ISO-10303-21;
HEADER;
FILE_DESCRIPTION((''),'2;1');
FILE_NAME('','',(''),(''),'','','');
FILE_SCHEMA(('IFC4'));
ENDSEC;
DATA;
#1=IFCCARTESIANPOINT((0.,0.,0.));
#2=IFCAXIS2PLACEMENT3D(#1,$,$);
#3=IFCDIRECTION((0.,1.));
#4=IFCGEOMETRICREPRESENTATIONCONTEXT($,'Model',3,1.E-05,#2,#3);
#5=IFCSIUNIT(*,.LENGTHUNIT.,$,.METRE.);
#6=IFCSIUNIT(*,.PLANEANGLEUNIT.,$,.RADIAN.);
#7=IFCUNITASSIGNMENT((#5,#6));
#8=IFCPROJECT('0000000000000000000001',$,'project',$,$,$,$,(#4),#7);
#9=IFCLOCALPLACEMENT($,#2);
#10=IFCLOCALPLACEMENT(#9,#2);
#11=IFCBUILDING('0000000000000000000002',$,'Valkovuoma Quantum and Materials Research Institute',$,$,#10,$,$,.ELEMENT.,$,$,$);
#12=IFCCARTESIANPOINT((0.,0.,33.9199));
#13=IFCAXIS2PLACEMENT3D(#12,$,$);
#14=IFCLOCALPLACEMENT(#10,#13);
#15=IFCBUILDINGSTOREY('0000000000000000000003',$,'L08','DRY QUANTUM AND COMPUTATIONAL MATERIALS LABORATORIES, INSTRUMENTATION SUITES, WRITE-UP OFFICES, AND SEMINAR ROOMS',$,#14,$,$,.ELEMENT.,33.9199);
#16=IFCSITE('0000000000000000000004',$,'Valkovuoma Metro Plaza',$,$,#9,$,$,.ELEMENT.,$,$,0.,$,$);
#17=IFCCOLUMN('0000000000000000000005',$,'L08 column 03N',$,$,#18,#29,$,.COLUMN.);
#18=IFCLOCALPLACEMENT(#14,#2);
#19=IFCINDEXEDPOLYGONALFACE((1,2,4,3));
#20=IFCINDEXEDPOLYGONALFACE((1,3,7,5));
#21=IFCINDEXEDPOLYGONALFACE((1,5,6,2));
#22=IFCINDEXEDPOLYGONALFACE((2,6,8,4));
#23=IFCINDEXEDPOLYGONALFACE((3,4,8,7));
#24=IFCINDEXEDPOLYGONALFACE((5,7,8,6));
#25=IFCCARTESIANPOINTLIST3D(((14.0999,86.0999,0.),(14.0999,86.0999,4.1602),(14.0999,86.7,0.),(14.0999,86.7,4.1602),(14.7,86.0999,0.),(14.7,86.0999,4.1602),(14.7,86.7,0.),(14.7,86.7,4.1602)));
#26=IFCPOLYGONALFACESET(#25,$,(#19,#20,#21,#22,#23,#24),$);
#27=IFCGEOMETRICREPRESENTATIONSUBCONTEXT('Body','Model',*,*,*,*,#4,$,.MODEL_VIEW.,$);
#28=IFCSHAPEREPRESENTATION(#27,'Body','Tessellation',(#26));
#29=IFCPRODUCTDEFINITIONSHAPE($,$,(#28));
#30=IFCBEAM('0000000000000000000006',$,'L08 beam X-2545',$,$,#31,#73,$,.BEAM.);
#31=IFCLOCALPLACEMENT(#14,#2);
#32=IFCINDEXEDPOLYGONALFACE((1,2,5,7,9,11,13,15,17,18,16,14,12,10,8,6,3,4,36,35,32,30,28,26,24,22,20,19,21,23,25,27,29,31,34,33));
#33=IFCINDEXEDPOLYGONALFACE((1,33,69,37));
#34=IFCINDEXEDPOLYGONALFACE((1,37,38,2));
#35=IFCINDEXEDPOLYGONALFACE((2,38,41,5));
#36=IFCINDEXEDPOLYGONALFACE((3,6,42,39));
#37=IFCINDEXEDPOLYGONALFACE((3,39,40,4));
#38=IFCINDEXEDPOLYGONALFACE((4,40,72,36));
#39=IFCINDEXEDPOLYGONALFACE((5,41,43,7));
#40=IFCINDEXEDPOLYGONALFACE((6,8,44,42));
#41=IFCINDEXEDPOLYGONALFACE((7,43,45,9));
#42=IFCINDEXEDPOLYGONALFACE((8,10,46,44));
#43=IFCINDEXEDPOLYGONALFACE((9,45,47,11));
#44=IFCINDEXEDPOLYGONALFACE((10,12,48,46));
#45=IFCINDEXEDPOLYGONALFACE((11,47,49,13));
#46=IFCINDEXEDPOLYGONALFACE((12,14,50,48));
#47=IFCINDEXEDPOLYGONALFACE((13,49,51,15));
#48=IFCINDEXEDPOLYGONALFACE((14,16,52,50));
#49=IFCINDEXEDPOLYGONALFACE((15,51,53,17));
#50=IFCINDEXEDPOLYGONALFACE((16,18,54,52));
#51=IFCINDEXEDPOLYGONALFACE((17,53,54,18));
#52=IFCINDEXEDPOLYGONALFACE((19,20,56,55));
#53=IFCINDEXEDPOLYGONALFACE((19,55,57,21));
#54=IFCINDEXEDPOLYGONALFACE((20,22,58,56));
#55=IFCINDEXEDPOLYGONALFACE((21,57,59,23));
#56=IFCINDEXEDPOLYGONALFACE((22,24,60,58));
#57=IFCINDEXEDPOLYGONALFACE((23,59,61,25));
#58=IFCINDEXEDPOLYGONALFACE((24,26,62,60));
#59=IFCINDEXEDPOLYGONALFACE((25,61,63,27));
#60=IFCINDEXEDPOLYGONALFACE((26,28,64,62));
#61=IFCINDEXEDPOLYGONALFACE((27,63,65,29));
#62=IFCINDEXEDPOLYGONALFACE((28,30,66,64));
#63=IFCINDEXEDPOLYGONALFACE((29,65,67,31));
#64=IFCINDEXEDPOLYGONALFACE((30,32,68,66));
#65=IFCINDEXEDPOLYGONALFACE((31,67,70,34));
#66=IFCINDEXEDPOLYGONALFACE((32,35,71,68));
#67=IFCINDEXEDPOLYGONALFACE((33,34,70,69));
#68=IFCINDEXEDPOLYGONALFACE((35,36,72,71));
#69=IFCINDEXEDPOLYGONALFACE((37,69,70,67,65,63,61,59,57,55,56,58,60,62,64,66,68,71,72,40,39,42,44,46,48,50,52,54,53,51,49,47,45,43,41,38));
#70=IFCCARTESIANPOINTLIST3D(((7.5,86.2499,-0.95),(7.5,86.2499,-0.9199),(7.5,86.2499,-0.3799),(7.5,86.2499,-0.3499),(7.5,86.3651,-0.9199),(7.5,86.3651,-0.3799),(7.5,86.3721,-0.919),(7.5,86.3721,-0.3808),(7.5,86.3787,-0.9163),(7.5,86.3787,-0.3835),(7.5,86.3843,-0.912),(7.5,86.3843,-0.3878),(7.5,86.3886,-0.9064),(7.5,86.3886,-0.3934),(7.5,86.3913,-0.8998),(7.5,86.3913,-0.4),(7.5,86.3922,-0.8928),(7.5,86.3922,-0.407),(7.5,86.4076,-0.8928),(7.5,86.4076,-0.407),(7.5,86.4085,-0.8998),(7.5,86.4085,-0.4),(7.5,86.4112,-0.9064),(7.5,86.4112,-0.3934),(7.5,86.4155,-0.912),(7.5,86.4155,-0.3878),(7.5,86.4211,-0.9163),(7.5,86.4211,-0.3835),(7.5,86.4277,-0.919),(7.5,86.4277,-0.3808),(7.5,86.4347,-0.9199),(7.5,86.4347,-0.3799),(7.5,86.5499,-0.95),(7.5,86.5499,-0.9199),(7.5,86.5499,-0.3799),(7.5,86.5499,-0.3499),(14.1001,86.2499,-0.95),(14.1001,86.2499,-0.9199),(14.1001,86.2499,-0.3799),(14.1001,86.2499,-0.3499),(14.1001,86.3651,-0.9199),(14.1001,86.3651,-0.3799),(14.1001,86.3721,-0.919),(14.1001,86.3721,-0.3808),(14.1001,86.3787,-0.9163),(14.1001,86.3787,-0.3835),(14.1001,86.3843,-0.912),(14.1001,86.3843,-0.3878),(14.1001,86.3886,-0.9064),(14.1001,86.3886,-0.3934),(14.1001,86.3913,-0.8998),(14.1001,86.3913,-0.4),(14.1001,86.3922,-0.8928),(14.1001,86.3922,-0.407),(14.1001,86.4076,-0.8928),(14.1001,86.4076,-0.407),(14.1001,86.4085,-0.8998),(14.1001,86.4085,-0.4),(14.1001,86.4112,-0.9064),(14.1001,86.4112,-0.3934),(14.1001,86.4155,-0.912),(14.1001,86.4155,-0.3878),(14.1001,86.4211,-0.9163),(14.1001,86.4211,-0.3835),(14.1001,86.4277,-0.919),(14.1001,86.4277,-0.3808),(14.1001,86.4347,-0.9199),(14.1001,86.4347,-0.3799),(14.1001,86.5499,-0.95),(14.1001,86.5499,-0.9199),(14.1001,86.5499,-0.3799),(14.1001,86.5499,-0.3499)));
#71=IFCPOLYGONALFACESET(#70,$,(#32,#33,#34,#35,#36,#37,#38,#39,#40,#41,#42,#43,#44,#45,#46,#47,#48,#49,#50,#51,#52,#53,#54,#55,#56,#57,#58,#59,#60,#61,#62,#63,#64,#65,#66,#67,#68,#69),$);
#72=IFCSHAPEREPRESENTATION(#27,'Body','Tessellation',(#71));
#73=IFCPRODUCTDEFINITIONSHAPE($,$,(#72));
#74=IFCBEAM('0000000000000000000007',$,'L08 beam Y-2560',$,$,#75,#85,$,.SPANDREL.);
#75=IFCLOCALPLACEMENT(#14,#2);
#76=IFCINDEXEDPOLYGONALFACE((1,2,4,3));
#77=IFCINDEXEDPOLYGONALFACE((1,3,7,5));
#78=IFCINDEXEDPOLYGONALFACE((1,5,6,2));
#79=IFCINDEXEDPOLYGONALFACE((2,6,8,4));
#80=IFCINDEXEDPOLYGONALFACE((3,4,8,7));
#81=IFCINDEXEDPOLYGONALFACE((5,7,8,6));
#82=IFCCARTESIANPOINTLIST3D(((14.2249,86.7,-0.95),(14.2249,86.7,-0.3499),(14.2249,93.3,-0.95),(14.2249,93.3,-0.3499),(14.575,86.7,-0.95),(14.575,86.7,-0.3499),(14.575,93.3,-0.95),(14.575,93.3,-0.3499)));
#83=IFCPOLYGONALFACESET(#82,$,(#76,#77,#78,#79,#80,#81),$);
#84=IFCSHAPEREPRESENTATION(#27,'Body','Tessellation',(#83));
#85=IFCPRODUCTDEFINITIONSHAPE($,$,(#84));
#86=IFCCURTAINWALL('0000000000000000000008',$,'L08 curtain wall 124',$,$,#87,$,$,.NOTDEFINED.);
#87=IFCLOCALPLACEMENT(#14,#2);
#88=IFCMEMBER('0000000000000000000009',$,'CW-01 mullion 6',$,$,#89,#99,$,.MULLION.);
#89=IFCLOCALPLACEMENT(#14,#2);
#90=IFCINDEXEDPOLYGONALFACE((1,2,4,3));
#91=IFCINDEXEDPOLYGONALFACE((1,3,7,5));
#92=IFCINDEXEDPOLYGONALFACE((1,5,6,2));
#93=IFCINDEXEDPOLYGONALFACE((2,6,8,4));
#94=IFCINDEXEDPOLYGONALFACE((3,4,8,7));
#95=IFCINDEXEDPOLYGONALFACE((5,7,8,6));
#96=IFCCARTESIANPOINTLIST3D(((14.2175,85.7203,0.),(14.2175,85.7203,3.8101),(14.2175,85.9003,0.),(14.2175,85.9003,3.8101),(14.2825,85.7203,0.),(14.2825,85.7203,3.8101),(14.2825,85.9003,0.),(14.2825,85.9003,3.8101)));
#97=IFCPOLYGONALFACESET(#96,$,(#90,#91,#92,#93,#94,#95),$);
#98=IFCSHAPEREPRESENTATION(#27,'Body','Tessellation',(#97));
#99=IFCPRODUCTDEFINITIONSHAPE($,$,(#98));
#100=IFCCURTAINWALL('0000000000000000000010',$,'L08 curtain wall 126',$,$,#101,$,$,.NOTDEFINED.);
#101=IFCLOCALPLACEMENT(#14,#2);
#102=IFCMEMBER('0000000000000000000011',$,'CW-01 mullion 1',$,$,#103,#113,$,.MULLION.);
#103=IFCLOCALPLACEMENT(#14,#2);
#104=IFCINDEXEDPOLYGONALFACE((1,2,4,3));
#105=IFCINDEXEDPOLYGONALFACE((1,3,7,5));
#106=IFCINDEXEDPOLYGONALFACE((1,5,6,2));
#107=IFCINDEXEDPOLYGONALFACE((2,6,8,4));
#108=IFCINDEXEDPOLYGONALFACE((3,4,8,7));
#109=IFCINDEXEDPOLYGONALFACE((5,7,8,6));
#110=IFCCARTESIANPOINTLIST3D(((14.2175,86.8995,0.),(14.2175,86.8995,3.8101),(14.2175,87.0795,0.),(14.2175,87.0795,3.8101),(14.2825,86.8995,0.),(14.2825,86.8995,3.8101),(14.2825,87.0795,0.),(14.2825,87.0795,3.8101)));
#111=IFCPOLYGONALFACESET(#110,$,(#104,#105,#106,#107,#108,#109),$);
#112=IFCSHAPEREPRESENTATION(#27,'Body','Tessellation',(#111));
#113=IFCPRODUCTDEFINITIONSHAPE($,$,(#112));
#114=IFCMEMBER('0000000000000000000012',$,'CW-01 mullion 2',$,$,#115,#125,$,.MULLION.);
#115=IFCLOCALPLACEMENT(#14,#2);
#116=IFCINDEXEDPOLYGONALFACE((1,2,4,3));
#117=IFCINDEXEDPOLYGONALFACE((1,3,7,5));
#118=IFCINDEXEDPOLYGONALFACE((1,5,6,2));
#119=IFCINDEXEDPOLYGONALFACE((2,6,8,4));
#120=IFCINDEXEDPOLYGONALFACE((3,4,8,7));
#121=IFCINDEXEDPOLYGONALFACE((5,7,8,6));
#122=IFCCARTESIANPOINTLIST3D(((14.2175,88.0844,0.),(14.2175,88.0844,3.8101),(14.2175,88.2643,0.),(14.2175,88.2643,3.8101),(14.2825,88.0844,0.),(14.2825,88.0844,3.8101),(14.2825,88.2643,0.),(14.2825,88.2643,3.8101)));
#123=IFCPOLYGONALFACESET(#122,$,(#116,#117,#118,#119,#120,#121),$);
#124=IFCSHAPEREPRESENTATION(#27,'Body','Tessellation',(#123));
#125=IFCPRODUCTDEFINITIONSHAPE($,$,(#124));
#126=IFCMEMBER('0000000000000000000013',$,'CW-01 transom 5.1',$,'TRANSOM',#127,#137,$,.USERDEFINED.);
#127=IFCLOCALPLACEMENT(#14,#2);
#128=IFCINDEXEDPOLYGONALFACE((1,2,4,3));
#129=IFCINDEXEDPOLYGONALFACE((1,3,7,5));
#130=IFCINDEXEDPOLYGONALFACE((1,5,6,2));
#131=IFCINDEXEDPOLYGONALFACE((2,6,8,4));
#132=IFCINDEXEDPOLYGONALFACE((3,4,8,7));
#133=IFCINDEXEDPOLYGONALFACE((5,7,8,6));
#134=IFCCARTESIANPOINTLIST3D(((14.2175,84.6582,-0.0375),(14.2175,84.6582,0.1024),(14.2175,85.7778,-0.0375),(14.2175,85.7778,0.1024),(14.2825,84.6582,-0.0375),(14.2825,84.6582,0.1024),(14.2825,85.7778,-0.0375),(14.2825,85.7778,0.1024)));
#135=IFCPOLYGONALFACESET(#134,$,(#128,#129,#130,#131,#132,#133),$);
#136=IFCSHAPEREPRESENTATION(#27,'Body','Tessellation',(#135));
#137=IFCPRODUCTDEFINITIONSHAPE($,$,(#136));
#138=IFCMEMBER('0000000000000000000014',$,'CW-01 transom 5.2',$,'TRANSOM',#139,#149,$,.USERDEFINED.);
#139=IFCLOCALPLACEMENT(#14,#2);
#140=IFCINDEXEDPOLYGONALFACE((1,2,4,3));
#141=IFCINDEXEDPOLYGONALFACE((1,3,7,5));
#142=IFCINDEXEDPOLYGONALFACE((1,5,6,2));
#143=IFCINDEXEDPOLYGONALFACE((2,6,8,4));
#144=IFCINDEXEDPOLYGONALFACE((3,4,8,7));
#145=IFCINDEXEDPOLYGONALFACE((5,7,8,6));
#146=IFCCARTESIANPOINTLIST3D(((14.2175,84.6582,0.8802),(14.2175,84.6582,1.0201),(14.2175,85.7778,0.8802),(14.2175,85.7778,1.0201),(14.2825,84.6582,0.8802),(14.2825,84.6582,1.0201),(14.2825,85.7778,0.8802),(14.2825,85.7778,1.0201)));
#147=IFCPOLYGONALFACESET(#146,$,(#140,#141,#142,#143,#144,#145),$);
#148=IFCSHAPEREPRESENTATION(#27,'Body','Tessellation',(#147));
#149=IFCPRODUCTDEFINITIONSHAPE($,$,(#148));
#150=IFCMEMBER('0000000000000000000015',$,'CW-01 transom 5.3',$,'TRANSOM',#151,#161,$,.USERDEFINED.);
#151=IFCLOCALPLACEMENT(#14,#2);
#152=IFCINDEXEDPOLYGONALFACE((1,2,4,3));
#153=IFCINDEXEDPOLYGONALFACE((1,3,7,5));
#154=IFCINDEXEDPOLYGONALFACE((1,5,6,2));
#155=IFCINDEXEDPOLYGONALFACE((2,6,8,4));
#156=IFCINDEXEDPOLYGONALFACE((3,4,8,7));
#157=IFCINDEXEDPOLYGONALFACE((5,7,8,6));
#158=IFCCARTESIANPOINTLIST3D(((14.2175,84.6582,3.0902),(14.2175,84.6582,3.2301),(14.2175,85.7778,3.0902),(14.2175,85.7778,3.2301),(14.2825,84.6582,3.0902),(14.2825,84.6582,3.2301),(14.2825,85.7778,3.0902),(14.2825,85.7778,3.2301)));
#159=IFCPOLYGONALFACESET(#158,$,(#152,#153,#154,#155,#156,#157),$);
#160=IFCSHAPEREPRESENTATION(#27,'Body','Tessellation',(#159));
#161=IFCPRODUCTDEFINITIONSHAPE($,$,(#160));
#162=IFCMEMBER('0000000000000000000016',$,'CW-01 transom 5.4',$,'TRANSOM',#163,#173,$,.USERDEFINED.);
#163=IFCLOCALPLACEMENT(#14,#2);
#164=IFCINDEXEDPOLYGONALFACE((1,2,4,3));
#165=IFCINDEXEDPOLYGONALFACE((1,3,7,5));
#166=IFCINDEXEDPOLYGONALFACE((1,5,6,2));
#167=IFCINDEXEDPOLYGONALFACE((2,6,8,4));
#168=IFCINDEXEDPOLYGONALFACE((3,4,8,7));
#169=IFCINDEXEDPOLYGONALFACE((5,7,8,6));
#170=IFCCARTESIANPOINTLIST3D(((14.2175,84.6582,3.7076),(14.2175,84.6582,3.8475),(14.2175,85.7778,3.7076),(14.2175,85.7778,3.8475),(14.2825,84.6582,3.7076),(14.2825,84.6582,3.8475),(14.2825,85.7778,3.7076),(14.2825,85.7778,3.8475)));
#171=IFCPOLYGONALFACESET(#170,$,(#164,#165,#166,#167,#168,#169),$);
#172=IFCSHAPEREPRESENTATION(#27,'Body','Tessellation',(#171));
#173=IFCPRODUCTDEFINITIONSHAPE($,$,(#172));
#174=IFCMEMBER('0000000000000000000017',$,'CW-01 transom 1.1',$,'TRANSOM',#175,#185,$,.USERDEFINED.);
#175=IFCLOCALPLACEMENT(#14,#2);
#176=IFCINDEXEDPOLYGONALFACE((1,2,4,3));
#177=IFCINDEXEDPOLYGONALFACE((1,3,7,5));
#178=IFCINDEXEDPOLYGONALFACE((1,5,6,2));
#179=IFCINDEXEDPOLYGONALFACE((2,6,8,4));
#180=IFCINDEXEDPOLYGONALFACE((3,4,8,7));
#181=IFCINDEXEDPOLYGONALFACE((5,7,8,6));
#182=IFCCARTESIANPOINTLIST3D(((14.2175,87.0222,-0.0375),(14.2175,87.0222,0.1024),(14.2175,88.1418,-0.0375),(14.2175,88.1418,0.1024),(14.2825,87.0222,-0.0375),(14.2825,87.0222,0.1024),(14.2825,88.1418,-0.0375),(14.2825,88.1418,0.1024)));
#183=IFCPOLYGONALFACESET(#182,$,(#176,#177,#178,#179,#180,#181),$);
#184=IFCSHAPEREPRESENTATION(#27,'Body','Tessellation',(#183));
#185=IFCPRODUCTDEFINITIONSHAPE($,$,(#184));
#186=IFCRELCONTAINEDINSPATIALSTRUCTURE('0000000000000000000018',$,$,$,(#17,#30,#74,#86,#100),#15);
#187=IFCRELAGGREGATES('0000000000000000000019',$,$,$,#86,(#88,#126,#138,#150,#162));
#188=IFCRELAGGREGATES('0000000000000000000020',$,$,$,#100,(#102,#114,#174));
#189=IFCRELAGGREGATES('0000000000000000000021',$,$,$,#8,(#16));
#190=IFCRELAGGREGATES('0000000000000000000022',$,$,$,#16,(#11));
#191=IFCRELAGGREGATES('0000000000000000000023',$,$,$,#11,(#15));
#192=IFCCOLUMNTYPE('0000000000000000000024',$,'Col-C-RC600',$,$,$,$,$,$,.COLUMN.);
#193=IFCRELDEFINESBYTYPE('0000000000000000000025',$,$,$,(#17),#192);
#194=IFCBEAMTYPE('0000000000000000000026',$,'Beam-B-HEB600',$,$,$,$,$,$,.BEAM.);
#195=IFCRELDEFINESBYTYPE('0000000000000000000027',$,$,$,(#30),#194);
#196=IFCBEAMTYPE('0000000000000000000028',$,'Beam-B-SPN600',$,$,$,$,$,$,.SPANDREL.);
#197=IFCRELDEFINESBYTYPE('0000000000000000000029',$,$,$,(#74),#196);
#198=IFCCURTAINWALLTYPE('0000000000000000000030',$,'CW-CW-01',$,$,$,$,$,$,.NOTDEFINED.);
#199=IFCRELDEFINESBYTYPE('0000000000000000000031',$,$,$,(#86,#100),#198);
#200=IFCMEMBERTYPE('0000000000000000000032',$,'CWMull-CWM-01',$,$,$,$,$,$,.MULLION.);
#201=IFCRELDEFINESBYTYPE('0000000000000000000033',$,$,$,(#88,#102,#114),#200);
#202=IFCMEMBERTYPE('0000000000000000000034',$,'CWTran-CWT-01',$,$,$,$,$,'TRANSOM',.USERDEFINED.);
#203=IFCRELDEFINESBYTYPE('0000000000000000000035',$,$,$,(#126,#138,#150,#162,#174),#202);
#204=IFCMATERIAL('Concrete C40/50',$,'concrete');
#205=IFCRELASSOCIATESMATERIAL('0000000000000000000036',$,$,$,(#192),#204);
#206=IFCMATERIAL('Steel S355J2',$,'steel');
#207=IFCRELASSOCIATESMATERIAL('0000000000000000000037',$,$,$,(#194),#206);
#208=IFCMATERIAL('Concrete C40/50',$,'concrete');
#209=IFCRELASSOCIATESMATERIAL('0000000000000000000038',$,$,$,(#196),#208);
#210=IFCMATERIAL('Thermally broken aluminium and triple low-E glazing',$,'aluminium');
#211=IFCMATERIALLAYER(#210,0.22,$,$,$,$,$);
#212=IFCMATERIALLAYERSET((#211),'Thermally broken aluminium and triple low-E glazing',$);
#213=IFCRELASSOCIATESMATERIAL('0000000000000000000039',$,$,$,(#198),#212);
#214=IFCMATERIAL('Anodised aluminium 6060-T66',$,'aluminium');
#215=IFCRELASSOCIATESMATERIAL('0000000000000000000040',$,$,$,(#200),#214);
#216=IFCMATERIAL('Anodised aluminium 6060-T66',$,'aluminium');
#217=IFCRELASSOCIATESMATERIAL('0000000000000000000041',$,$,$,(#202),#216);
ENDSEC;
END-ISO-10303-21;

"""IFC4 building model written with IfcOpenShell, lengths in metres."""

from ifc_helpers import new_model, si_unit, direction, frame, origin, origin_2d, place, context, subcontext, project, spatial, rectangle, i_section, extrude, material, layer, layer_set, material_profile, profile_set, type_object, element, aggregate, save


model = new_model("IFC4")

# Units and contexts
model_context = context("Model", 3, precision=1e-05, world=origin(), true_north=direction((0.0, 1.0)))
body_context = subcontext(model_context, "Body", "Model", "MODEL_VIEW")
ifc_project = project(units=[si_unit("LENGTHUNIT", "METRE"), si_unit("PLANEANGLEUNIT", "RADIAN")], contexts=[model_context])

# Site, building, storey
site_placement = place(None, origin())
site = spatial("IfcSite", under=ifc_project, at=site_placement, Name="Valkovuoma Metro Plaza", CompositionType="ELEMENT", RefElevation=0.0)
building_placement = place(site_placement, origin())
building = spatial("IfcBuilding", under=site, at=building_placement, Name="Valkovuoma Quantum and Materials Research Institute", CompositionType="ELEMENT")
storey_placement = place(building_placement, frame((0.0, 0.0, 33.9199)))
storey = spatial("IfcBuildingStorey", under=building, at=storey_placement, Name="L08", Description="DRY QUANTUM AND COMPUTATIONAL MATERIALS LABORATORIES, INSTRUMENTATION SUITES, WRITE-UP OFFICES, AND SEMINAR ROOMS", CompositionType="ELEMENT", Elevation=33.9199)

# Column
ifc_material_1 = material(Name="Concrete C40/50", Category="concrete")
ifc_material_profile_1 = material_profile(ifc_material_1, rectangle(XDim=0.6001, YDim=0.6001, at=origin_2d()), Name="Concrete C40/50")
ifc_profile_set_1 = profile_set([ifc_material_profile_1], Name="Concrete C40/50")
column_type = type_object("IfcColumnType", Name="Col-C-RC600", PredefinedType="COLUMN", material=ifc_profile_set_1)
column_placement = place(storey_placement, frame((14.3999, 86.3999, 0.0), z_axis=(0.0, 0.0, 1.0), x_axis=(1.0, 0.0, 0.0)))
element("IfcColumn", 1, at=column_placement, inside=storey, type_object=column_type, Name="L08 column 03N", PredefinedType="COLUMN", context=body_context, shape_type="SweptSolid", body=[
    extrude(rectangle(XDim=0.6001, YDim=0.6001, at=origin_2d()), origin(), (0.0, 0.0, 1.0), 4.1602),
])

# Beams
ifc_material_2 = material(Name="Steel S355J2", Category="steel")
ifc_material_profile_2 = material_profile(ifc_material_2, i_section(OverallWidth=0.3, OverallDepth=0.6001, WebThickness=0.0154, FlangeThickness=0.03, FilletRadius=0.0271, at=origin_2d()), Name="Steel S355J2")
ifc_profile_set_2 = profile_set([ifc_material_profile_2], Name="Steel S355J2")
beam_type_1 = type_object("IfcBeamType", Name="Beam-B-HEB600", PredefinedType="BEAM", material=ifc_profile_set_2)
beam_1_placement = place(storey_placement, frame((7.5, 86.3999, -0.6499), z_axis=(1.0, 0.0, 0.0), x_axis=(0.0, 1.0, 0.0)))
element("IfcBeam", 2, at=beam_1_placement, inside=storey, type_object=beam_type_1, Name="L08 beam X-2545", PredefinedType="BEAM", context=body_context, shape_type="SweptSolid", body=[
    extrude(i_section(OverallWidth=0.3, OverallDepth=0.6001, WebThickness=0.0154, FlangeThickness=0.03, FilletRadius=0.0271, at=origin_2d()), origin(), (0.0, 0.0, 1.0), 6.6001),
])
ifc_material_3 = material(Name="Concrete C40/50", Category="concrete")
ifc_material_profile_3 = material_profile(ifc_material_3, rectangle(XDim=0.3501, YDim=0.6001, at=origin_2d()), Name="Concrete C40/50")
ifc_profile_set_3 = profile_set([ifc_material_profile_3], Name="Concrete C40/50")
beam_type_2 = type_object("IfcBeamType", Name="Beam-B-SPN600", PredefinedType="SPANDREL", material=ifc_profile_set_3)
beam_2_placement = place(storey_placement, frame((14.3999, 86.7, -0.6499), z_axis=(0.0, 1.0, 0.0), x_axis=(-1.0, 0.0, 0.0)))
element("IfcBeam", 3, at=beam_2_placement, inside=storey, type_object=beam_type_2, Name="L08 beam Y-2560", PredefinedType="SPANDREL", context=body_context, shape_type="SweptSolid", body=[
    extrude(rectangle(XDim=0.3501, YDim=0.6001, at=origin_2d()), origin(), (0.0, 0.0, 1.0), 6.6001),
])

# Curtain wall, member
ifc_material_4 = material(Name="Thermally broken aluminium and triple low-E glazing", Category="aluminium")
ifc_layer_1 = layer(ifc_material_4, 0.22)
ifc_layer_set_1 = layer_set([ifc_layer_1], Name="Thermally broken aluminium and triple low-E glazing")
curtain_wall_type = type_object("IfcCurtainWallType", Name="CW-CW-01", PredefinedType="NOTDEFINED", material=ifc_layer_set_1)
curtain_wall_1_placement = place(storey_placement, origin())
curtain_wall_1 = element("IfcCurtainWall", 4, at=curtain_wall_1_placement, inside=storey, type_object=curtain_wall_type, Name="L08 curtain wall 124", PredefinedType="NOTDEFINED")
ifc_material_5 = material(Name="Anodised aluminium 6060-T66", Category="aluminium")
ifc_material_profile_4 = material_profile(ifc_material_5, rectangle(XDim=0.0649, YDim=0.1799, at=origin_2d()), Name="Anodised aluminium 6060-T66")
ifc_profile_set_4 = profile_set([ifc_material_profile_4], Name="Anodised aluminium 6060-T66")
member_type_1 = type_object("IfcMemberType", Name="CWMull-CWM-01", PredefinedType="MULLION", material=ifc_profile_set_4)
member_1_placement = place(storey_placement, frame((14.25, 85.8103, 0.0), z_axis=(0.0, 0.0, 1.0), x_axis=(-1.0, 0.0, 0.0)))
member_1 = element("IfcMember", 5, at=member_1_placement, type_object=member_type_1, Name="CW-01 mullion 6", PredefinedType="MULLION", context=body_context, shape_type="SweptSolid", body=[
    extrude(rectangle(XDim=0.0649, YDim=0.1799, at=origin_2d()), origin(), (0.0, 0.0, 1.0), 3.8101),
])

# Curtain wall, members
curtain_wall_2_placement = place(storey_placement, origin())
curtain_wall_2 = element("IfcCurtainWall", 6, at=curtain_wall_2_placement, inside=storey, type_object=curtain_wall_type, Name="L08 curtain wall 126", PredefinedType="NOTDEFINED")
member_2_placement = place(storey_placement, frame((14.25, 86.9895, 0.0), z_axis=(0.0, 0.0, 1.0), x_axis=(-1.0, 0.0, 0.0)))
member_2 = element("IfcMember", 7, at=member_2_placement, type_object=member_type_1, Name="CW-01 mullion 1", PredefinedType="MULLION", context=body_context, shape_type="SweptSolid", body=[
    extrude(rectangle(XDim=0.0649, YDim=0.1799, at=origin_2d()), origin(), (0.0, 0.0, 1.0), 3.8101),
])
member_3_placement = place(storey_placement, frame((14.25, 88.1743, 0.0), z_axis=(0.0, 0.0, 1.0), x_axis=(-1.0, 0.0, 0.0)))
member_3 = element("IfcMember", 8, at=member_3_placement, type_object=member_type_1, Name="CW-01 mullion 2", PredefinedType="MULLION", context=body_context, shape_type="SweptSolid", body=[
    extrude(rectangle(XDim=0.0649, YDim=0.1799, at=origin_2d()), origin(), (0.0, 0.0, 1.0), 3.8101),
])

# Members
ifc_material_6 = material(Name="Anodised aluminium 6060-T66", Category="aluminium")
ifc_material_profile_5 = material_profile(ifc_material_6, rectangle(XDim=0.0649, YDim=0.1399, at=origin_2d()), Name="Anodised aluminium 6060-T66")
ifc_profile_set_5 = profile_set([ifc_material_profile_5], Name="Anodised aluminium 6060-T66")
member_type_2 = type_object("IfcMemberType", Name="CWTran-CWT-01", ElementType="TRANSOM", PredefinedType="USERDEFINED", material=ifc_profile_set_5)
member_4_placement = place(storey_placement, frame((14.25, 84.6582, 0.0325), z_axis=(0.0, 1.0, 0.0), x_axis=(-1.0, 0.0, 0.0)))
member_4 = element("IfcMember", 9, at=member_4_placement, type_object=member_type_2, Name="CW-01 transom 5.1", ObjectType="TRANSOM", PredefinedType="USERDEFINED", context=body_context, shape_type="SweptSolid", body=[
    extrude(rectangle(XDim=0.0649, YDim=0.1399, at=origin_2d()), origin(), (0.0, 0.0, 1.0), 1.1196),
])
member_5_placement = place(storey_placement, frame((14.25, 84.6582, 0.9502), z_axis=(0.0, 1.0, 0.0), x_axis=(-1.0, 0.0, 0.0)))
member_5 = element("IfcMember", 10, at=member_5_placement, type_object=member_type_2, Name="CW-01 transom 5.2", ObjectType="TRANSOM", PredefinedType="USERDEFINED", context=body_context, shape_type="SweptSolid", body=[
    extrude(rectangle(XDim=0.0649, YDim=0.1399, at=origin_2d()), origin(), (0.0, 0.0, 1.0), 1.1196),
])
member_6_placement = place(storey_placement, frame((14.25, 84.6582, 3.1602), z_axis=(0.0, 1.0, 0.0), x_axis=(-1.0, 0.0, 0.0)))
member_6 = element("IfcMember", 11, at=member_6_placement, type_object=member_type_2, Name="CW-01 transom 5.3", ObjectType="TRANSOM", PredefinedType="USERDEFINED", context=body_context, shape_type="SweptSolid", body=[
    extrude(rectangle(XDim=0.0649, YDim=0.1399, at=origin_2d()), origin(), (0.0, 0.0, 1.0), 1.1196),
])
member_7_placement = place(storey_placement, frame((14.25, 84.6582, 3.7776), z_axis=(0.0, 1.0, 0.0), x_axis=(-1.0, 0.0, 0.0)))
member_7 = element("IfcMember", 12, at=member_7_placement, type_object=member_type_2, Name="CW-01 transom 5.4", ObjectType="TRANSOM", PredefinedType="USERDEFINED", context=body_context, shape_type="SweptSolid", body=[
    extrude(rectangle(XDim=0.0649, YDim=0.1399, at=origin_2d()), origin(), (0.0, 0.0, 1.0), 1.1196),
])
member_8_placement = place(storey_placement, frame((14.25, 87.0222, 0.0325), z_axis=(0.0, 1.0, 0.0), x_axis=(-1.0, 0.0, 0.0)))
member_8 = element("IfcMember", 13, at=member_8_placement, type_object=member_type_2, Name="CW-01 transom 1.1", ObjectType="TRANSOM", PredefinedType="USERDEFINED", context=body_context, shape_type="SweptSolid", body=[
    extrude(rectangle(XDim=0.0649, YDim=0.1399, at=origin_2d()), origin(), (0.0, 0.0, 1.0), 1.1196),
])

aggregate(curtain_wall_1, [member_1, member_4, member_5, member_6, member_7])
aggregate(curtain_wall_2, [member_2, member_3, member_8])

save(model, "model.ifc")
